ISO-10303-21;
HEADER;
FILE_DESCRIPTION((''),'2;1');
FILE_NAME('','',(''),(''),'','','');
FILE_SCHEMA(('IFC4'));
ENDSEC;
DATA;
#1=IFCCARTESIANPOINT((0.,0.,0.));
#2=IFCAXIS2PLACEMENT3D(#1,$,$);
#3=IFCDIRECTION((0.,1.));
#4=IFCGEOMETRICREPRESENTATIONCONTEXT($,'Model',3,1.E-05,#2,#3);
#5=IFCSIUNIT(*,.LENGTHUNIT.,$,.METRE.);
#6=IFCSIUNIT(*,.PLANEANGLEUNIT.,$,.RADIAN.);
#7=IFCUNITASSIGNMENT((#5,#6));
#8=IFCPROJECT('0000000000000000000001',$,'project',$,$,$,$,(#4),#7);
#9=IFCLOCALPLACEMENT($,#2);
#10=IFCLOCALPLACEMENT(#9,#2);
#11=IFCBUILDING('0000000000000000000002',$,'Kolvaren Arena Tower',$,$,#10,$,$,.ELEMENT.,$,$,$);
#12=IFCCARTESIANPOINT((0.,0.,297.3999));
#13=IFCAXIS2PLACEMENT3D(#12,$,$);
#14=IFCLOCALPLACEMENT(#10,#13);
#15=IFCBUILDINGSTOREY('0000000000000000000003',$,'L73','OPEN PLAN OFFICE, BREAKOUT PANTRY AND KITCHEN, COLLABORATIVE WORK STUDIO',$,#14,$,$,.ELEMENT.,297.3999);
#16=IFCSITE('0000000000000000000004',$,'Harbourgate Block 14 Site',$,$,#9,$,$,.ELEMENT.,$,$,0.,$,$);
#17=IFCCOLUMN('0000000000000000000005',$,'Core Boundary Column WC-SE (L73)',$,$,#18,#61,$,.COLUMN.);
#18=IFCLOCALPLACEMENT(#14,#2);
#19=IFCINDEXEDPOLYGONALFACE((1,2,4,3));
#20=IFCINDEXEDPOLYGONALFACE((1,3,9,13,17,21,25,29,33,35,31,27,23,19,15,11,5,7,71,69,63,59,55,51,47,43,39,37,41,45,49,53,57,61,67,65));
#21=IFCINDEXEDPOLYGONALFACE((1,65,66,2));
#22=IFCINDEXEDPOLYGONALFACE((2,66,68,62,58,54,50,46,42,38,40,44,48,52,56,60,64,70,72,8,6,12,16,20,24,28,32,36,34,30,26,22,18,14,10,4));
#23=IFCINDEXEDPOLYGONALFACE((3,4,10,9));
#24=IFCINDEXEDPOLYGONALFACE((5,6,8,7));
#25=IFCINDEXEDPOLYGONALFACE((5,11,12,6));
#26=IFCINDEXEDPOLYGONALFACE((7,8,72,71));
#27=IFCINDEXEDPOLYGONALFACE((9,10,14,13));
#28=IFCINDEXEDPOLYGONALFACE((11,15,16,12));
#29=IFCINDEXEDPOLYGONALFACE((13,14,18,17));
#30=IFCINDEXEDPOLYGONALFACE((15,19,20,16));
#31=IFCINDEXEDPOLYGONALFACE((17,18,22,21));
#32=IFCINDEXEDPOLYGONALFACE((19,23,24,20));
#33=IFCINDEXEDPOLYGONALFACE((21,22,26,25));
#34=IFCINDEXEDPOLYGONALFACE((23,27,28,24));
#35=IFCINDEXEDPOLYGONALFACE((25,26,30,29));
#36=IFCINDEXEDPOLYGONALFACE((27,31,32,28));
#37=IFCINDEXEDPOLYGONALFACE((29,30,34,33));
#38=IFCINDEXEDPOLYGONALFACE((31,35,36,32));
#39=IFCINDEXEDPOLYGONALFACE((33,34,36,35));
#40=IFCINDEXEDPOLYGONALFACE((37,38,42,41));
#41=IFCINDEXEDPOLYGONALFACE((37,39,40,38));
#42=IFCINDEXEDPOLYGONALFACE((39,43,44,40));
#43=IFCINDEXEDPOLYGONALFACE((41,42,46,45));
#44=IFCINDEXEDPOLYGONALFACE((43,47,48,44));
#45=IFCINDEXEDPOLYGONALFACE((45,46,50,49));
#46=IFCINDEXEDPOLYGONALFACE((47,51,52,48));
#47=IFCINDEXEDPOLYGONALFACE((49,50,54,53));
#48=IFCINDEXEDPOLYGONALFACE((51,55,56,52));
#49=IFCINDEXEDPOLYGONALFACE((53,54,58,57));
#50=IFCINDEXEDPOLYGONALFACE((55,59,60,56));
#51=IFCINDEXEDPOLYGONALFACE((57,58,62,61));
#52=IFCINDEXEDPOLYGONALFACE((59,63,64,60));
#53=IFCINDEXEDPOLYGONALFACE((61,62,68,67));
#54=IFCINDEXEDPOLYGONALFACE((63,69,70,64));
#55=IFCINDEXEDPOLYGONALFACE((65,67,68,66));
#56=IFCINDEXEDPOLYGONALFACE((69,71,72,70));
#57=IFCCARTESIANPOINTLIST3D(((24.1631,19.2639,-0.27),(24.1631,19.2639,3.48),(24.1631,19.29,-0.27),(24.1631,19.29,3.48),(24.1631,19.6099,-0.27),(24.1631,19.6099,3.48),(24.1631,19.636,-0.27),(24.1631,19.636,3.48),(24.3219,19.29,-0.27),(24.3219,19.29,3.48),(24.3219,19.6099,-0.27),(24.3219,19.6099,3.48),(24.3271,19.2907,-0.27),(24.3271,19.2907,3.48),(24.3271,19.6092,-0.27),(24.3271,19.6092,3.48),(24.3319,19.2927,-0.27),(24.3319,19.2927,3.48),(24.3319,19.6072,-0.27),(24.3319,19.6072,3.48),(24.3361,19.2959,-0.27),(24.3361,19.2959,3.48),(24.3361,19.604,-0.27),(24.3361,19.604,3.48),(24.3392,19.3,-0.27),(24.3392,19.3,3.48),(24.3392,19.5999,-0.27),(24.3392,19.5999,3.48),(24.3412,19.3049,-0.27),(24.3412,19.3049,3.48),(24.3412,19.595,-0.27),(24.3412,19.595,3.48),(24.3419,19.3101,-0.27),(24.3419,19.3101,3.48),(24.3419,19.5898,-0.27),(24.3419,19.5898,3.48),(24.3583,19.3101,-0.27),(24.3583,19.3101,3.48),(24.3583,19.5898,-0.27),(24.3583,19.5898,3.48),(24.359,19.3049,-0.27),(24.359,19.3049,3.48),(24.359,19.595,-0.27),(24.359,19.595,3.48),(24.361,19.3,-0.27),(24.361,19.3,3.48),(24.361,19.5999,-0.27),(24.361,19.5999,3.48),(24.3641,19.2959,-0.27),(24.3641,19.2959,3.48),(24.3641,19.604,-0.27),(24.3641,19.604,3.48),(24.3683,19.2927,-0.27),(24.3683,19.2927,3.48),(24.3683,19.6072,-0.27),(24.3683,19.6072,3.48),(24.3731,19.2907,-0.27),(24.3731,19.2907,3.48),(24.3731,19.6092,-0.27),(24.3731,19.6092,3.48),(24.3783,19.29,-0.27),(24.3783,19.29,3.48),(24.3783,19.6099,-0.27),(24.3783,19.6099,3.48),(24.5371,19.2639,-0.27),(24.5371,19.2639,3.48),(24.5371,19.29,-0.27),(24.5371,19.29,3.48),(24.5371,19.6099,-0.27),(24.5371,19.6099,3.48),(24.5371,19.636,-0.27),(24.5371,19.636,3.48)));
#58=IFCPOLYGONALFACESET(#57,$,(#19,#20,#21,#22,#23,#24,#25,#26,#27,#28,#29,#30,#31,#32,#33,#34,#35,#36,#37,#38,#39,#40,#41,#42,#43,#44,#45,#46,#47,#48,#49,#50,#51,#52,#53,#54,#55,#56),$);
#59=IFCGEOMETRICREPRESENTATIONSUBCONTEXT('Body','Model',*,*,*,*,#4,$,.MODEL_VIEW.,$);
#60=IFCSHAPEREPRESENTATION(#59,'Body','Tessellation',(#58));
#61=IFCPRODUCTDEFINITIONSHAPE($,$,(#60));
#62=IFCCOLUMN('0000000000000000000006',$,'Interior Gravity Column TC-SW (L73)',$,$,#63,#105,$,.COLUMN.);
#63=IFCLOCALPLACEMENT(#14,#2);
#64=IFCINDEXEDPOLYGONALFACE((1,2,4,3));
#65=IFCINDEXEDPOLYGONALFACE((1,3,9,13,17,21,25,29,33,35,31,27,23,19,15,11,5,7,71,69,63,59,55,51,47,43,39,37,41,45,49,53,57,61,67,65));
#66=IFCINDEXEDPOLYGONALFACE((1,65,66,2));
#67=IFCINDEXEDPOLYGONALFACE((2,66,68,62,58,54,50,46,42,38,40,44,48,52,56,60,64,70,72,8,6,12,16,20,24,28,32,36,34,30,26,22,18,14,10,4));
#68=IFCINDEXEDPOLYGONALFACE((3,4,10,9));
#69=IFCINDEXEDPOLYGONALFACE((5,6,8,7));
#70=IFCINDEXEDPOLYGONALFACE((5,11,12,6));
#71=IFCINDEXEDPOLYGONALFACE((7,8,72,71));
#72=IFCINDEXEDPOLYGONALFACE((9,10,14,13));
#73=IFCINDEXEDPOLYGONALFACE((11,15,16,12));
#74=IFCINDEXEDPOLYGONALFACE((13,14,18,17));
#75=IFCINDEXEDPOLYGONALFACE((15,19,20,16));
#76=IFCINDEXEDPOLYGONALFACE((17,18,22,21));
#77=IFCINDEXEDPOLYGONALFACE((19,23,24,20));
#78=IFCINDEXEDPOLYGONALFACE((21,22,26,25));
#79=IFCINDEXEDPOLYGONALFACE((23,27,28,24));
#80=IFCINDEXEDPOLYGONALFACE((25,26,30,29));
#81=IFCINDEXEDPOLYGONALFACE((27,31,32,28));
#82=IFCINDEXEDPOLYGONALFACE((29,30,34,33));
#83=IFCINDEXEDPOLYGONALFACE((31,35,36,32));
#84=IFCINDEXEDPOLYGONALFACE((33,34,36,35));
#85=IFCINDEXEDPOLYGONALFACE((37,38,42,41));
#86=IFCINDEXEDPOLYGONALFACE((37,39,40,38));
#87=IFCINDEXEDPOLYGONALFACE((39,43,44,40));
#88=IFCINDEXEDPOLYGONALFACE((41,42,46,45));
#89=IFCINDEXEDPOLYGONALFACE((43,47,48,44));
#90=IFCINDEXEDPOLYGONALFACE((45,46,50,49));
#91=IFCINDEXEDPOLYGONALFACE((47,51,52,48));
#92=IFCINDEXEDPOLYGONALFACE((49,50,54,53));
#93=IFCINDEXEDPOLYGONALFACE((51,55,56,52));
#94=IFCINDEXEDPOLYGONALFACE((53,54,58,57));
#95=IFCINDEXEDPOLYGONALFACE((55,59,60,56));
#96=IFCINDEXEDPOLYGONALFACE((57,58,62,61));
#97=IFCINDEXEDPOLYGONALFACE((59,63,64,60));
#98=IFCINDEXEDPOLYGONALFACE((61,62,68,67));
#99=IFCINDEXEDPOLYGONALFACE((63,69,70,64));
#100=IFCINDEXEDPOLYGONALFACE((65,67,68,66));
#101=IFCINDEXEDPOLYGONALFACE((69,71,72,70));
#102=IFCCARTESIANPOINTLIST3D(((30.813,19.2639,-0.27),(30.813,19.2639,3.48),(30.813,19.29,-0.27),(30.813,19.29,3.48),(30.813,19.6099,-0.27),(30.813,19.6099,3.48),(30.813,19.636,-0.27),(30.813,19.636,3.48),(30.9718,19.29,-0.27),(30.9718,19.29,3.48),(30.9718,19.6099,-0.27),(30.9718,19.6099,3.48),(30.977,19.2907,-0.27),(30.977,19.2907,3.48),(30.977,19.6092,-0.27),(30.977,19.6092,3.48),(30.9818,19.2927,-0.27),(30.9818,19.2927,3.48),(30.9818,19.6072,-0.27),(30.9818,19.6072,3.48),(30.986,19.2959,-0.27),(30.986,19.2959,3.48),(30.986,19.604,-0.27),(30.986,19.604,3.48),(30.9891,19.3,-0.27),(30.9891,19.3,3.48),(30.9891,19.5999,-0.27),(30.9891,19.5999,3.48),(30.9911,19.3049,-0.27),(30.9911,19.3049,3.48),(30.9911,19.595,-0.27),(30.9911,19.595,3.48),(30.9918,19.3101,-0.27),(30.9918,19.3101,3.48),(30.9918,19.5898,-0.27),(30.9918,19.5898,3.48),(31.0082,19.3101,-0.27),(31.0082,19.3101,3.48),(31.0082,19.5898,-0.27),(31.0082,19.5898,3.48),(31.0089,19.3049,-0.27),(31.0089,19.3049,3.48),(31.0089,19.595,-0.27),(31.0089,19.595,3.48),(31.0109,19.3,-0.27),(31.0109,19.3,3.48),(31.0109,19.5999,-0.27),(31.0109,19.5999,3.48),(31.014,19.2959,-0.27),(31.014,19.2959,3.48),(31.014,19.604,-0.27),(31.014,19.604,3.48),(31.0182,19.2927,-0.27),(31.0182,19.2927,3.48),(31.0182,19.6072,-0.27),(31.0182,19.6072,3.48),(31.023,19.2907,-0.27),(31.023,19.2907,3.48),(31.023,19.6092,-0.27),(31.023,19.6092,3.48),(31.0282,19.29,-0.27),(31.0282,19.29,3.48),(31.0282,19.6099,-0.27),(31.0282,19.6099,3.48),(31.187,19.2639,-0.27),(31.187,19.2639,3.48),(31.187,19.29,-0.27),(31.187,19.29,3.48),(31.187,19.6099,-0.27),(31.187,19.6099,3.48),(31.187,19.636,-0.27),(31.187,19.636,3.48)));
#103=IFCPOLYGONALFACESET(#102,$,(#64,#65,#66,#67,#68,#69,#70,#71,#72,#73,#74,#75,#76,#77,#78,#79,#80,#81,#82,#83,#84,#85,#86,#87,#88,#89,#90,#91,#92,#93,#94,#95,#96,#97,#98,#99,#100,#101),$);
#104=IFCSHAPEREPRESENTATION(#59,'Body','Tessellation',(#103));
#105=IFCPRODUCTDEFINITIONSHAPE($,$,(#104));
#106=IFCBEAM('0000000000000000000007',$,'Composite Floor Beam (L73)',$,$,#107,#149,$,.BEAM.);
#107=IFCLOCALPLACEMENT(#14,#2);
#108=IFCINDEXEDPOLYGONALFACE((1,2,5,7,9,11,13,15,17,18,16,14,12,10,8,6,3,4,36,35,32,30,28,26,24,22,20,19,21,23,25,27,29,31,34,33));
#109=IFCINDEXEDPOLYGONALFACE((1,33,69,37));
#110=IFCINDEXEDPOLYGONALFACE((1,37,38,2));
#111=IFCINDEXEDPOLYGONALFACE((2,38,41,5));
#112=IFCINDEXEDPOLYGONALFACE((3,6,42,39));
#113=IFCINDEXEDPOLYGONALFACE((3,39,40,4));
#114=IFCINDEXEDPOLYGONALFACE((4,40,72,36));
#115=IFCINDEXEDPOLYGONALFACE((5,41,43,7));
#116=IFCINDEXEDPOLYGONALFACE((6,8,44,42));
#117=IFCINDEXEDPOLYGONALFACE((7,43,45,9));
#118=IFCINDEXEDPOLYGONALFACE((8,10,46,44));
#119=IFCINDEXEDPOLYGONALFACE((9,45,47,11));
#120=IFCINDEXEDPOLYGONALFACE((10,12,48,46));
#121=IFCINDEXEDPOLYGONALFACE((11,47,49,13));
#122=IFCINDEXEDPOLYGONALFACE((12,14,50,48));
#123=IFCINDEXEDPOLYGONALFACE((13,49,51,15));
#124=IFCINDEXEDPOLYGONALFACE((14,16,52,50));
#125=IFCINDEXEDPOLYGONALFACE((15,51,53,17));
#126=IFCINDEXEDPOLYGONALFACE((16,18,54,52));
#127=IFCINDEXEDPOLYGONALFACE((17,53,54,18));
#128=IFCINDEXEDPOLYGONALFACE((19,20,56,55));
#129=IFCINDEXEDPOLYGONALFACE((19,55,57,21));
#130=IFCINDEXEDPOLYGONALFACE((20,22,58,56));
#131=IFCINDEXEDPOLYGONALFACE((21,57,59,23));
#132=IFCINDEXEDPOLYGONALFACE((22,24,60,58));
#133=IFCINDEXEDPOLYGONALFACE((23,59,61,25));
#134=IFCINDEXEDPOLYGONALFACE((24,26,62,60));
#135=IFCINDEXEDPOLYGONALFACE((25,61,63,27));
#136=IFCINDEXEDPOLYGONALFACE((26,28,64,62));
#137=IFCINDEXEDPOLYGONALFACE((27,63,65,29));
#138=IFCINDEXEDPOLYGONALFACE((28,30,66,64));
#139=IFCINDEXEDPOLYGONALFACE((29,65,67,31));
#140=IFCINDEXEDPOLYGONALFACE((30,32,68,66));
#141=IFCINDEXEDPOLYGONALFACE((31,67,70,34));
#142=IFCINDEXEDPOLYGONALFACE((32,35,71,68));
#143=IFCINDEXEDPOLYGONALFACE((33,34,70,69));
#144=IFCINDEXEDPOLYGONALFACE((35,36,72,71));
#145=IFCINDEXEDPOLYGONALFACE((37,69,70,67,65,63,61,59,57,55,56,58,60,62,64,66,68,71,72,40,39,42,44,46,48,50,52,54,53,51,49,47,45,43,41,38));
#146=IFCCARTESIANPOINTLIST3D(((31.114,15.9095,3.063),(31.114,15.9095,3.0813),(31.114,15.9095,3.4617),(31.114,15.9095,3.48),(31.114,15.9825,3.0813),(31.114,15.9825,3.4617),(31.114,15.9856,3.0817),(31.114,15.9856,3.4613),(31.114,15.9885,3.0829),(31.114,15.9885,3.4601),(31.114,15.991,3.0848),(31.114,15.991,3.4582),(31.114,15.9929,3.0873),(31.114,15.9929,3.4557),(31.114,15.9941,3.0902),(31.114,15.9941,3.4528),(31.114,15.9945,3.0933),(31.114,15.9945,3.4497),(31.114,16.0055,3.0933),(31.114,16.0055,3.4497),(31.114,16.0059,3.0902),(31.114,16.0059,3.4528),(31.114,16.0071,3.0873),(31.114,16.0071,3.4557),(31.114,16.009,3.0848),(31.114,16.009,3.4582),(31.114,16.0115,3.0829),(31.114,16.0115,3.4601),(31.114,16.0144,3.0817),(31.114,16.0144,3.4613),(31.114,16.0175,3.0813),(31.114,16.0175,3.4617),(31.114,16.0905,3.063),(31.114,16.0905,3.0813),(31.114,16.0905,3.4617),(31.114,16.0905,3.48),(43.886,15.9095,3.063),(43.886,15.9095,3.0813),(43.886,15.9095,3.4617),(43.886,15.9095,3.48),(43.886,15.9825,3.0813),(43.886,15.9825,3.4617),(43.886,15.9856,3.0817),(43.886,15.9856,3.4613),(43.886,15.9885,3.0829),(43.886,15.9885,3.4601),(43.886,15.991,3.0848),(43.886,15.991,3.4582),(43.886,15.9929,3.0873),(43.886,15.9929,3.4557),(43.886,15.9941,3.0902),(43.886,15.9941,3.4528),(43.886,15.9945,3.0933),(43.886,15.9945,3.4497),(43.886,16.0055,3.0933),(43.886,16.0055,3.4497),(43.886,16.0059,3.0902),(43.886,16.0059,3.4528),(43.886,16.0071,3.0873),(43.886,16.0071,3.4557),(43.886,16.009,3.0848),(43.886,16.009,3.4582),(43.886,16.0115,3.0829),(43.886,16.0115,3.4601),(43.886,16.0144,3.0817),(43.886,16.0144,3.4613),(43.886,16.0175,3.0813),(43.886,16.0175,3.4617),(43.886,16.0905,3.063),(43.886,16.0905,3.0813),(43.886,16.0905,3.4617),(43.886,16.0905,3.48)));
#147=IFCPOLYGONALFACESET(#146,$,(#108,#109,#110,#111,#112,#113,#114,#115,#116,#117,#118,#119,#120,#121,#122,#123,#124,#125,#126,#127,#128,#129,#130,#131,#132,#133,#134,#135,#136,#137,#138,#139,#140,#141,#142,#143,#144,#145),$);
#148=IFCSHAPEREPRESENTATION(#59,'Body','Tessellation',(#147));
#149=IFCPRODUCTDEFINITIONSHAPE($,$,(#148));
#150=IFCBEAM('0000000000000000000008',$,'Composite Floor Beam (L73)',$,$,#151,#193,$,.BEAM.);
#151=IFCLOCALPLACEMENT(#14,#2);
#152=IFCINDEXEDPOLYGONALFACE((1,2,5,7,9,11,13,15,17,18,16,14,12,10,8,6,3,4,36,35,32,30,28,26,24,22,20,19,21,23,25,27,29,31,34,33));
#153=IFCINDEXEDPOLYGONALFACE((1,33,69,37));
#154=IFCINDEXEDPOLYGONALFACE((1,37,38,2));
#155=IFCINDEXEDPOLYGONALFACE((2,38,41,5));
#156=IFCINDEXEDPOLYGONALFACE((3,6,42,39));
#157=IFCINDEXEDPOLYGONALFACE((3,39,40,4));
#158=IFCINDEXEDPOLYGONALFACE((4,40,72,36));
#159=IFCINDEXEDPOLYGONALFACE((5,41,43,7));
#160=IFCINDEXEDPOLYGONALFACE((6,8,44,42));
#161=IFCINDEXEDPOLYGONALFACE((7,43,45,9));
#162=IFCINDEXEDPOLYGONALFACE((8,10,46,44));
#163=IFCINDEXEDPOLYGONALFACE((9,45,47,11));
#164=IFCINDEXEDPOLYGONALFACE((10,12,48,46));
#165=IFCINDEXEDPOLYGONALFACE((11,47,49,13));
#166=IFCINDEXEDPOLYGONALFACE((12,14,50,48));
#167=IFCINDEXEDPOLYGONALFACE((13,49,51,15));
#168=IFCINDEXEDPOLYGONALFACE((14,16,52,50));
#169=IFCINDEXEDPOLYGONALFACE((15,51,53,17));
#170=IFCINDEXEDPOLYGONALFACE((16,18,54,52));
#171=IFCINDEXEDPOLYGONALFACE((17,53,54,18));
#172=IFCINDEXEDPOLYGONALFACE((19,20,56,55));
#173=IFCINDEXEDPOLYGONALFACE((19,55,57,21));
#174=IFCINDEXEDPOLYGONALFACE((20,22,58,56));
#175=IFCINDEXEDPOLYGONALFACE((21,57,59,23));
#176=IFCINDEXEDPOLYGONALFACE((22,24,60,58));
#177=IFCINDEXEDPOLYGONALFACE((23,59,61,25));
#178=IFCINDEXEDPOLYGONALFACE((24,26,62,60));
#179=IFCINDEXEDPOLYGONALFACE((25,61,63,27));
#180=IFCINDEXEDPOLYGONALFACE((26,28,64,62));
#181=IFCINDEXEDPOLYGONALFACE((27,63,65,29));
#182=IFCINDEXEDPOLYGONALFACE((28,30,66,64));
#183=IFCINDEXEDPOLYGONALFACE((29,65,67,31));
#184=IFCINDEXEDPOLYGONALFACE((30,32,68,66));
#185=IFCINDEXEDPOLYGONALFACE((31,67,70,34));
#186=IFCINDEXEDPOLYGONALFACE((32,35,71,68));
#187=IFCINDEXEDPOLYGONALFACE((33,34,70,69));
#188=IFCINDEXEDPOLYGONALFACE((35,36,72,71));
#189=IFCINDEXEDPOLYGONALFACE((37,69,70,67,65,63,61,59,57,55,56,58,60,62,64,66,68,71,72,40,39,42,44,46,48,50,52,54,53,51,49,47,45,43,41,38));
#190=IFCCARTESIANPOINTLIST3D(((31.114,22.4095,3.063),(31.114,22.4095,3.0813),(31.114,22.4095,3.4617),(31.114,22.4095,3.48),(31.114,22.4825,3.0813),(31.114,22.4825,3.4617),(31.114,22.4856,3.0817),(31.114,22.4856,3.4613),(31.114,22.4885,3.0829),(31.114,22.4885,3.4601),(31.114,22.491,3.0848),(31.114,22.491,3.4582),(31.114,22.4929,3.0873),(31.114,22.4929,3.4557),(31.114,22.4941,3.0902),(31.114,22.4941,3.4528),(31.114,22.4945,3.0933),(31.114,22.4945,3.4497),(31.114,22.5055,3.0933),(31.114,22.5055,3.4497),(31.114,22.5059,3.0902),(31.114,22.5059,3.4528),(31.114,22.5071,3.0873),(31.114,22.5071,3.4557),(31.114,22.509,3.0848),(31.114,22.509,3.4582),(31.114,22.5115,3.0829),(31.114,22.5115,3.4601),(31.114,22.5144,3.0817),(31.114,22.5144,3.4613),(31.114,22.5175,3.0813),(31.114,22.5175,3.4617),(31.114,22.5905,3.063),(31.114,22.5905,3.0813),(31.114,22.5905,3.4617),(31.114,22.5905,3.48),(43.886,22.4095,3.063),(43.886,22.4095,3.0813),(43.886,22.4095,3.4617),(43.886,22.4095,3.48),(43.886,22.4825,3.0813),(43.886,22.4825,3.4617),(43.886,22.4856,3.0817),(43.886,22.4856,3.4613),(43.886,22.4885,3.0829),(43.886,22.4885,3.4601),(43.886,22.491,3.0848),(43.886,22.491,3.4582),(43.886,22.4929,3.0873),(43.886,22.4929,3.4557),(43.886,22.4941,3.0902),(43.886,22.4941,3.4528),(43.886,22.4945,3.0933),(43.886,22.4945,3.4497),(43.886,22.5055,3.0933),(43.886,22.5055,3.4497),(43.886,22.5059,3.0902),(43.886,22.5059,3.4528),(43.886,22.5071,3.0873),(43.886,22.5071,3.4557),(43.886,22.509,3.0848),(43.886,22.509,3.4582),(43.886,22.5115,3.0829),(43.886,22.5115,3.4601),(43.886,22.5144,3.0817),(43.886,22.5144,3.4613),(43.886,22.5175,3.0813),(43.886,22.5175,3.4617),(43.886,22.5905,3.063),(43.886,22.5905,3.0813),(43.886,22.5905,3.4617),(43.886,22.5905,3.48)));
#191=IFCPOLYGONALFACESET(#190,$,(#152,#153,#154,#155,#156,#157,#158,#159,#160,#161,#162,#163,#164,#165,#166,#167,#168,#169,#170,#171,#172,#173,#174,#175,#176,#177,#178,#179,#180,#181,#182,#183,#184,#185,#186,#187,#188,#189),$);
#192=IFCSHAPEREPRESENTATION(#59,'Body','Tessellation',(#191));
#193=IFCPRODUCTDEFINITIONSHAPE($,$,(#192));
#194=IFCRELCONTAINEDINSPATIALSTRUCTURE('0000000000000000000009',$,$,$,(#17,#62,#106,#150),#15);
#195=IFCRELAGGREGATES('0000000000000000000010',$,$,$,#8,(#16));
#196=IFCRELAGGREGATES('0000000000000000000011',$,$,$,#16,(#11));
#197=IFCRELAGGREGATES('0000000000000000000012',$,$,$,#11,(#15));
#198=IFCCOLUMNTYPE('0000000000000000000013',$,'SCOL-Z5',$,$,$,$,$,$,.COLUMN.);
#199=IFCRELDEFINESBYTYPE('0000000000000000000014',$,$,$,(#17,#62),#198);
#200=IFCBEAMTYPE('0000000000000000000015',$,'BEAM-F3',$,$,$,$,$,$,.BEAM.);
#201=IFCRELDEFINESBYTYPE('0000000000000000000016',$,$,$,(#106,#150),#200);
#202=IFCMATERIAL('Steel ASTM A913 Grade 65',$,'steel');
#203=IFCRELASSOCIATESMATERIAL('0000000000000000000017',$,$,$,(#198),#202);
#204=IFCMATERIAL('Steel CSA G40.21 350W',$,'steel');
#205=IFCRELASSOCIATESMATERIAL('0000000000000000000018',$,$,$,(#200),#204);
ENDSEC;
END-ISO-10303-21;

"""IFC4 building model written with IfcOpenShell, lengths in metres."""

from ifc_helpers import new_model, si_unit, direction, frame, origin, origin_2d, place, context, subcontext, project, spatial, i_section, extrude, material, material_profile, profile_set, type_object, element, save


model = new_model("IFC4")

# Units and contexts
model_context = context("Model", 3, precision=1e-05, world=origin(), true_north=direction((0.0, 1.0)))
body_context = subcontext(model_context, "Body", "Model", "MODEL_VIEW")
ifc_project = project(units=[si_unit("LENGTHUNIT", "METRE"), si_unit("PLANEANGLEUNIT", "RADIAN")], contexts=[model_context])

# Site, building, storey
site_placement = place(None, origin())
site = spatial("IfcSite", under=ifc_project, at=site_placement, Name="Harbourgate Block 14 Site", CompositionType="ELEMENT", RefElevation=0.0)
building_placement = place(site_placement, origin())
building = spatial("IfcBuilding", under=site, at=building_placement, Name="Kolvaren Arena Tower", CompositionType="ELEMENT")
storey_placement = place(building_placement, frame((0.0, 0.0, 297.3999)))
storey = spatial("IfcBuildingStorey", under=building, at=storey_placement, Name="L73", Description="OPEN PLAN OFFICE, BREAKOUT PANTRY AND KITCHEN, COLLABORATIVE WORK STUDIO", CompositionType="ELEMENT", Elevation=297.3999)

# Columns
ifc_material_1 = material(Name="Steel ASTM A913 Grade 65", Category="steel")
ifc_material_profile_1 = material_profile(ifc_material_1, i_section(OverallWidth=0.374, OverallDepth=0.3721, WebThickness=0.0164, FlangeThickness=0.0261, FilletRadius=0.02, at=origin_2d()), Name="W360x196")
ifc_profile_set_1 = profile_set([ifc_material_profile_1], Name="Steel ASTM A913 Grade 65")
column_type = type_object("IfcColumnType", Name="SCOL-Z5", PredefinedType="COLUMN", material=ifc_profile_set_1)
for number, where, z_axis, x_axis, name in (
    (1, (24.3501, 19.45, -0.27), (0.0, 0.0, 1.0), (1.0, 0.0, 0.0), "Core Boundary Column WC-SE (L73)"),
    (2, (31.0, 19.45, -0.27), (0.0, 0.0, 1.0), (1.0, 0.0, 0.0), "Interior Gravity Column TC-SW (L73)"),
):
    element("IfcColumn", number, at=place(storey_placement, frame(where, z_axis=z_axis, x_axis=x_axis)), inside=storey, type_object=column_type, Name=name, PredefinedType="COLUMN", context=body_context, shape_type="SweptSolid", body=[
        extrude(i_section(OverallWidth=0.374, OverallDepth=0.3721, WebThickness=0.0164, FlangeThickness=0.0261, FilletRadius=0.02, at=origin_2d()), origin(), (0.0, 0.0, 1.0), 3.75),
    ])

# Beams
ifc_material_2 = material(Name="Steel CSA G40.21 350W", Category="steel")
ifc_material_profile_2 = material_profile(ifc_material_2, i_section(OverallWidth=0.1809, OverallDepth=0.417, WebThickness=0.011, FlangeThickness=0.0183, FilletRadius=0.012, at=origin_2d()), Name="W410x85")
ifc_profile_set_2 = profile_set([ifc_material_profile_2], Name="Steel CSA G40.21 350W")
beam_type_1 = type_object("IfcBeamType", Name="BEAM-F3", PredefinedType="BEAM", material=ifc_profile_set_2)
for number, where, z_axis, x_axis, name in (
    (3, (31.114, 16.0, 3.2715), (1.0, 0.0, 0.0), (0.0, 1.0, 0.0), "Composite Floor Beam (L73)"),
    (4, (31.114, 22.5, 3.2715), (1.0, 0.0, 0.0), (0.0, 1.0, 0.0), "Composite Floor Beam (L73)"),
):
    element("IfcBeam", number, at=place(storey_placement, frame(where, z_axis=z_axis, x_axis=x_axis)), inside=storey, type_object=beam_type_1, Name=name, PredefinedType="BEAM", context=body_context, shape_type="SweptSolid", body=[
        extrude(i_section(OverallWidth=0.1809, OverallDepth=0.417, WebThickness=0.011, FlangeThickness=0.0183, FilletRadius=0.012, at=origin_2d()), origin(), (0.0, 0.0, 1.0), 12.772),
    ])

save(model, "model.ifc")
